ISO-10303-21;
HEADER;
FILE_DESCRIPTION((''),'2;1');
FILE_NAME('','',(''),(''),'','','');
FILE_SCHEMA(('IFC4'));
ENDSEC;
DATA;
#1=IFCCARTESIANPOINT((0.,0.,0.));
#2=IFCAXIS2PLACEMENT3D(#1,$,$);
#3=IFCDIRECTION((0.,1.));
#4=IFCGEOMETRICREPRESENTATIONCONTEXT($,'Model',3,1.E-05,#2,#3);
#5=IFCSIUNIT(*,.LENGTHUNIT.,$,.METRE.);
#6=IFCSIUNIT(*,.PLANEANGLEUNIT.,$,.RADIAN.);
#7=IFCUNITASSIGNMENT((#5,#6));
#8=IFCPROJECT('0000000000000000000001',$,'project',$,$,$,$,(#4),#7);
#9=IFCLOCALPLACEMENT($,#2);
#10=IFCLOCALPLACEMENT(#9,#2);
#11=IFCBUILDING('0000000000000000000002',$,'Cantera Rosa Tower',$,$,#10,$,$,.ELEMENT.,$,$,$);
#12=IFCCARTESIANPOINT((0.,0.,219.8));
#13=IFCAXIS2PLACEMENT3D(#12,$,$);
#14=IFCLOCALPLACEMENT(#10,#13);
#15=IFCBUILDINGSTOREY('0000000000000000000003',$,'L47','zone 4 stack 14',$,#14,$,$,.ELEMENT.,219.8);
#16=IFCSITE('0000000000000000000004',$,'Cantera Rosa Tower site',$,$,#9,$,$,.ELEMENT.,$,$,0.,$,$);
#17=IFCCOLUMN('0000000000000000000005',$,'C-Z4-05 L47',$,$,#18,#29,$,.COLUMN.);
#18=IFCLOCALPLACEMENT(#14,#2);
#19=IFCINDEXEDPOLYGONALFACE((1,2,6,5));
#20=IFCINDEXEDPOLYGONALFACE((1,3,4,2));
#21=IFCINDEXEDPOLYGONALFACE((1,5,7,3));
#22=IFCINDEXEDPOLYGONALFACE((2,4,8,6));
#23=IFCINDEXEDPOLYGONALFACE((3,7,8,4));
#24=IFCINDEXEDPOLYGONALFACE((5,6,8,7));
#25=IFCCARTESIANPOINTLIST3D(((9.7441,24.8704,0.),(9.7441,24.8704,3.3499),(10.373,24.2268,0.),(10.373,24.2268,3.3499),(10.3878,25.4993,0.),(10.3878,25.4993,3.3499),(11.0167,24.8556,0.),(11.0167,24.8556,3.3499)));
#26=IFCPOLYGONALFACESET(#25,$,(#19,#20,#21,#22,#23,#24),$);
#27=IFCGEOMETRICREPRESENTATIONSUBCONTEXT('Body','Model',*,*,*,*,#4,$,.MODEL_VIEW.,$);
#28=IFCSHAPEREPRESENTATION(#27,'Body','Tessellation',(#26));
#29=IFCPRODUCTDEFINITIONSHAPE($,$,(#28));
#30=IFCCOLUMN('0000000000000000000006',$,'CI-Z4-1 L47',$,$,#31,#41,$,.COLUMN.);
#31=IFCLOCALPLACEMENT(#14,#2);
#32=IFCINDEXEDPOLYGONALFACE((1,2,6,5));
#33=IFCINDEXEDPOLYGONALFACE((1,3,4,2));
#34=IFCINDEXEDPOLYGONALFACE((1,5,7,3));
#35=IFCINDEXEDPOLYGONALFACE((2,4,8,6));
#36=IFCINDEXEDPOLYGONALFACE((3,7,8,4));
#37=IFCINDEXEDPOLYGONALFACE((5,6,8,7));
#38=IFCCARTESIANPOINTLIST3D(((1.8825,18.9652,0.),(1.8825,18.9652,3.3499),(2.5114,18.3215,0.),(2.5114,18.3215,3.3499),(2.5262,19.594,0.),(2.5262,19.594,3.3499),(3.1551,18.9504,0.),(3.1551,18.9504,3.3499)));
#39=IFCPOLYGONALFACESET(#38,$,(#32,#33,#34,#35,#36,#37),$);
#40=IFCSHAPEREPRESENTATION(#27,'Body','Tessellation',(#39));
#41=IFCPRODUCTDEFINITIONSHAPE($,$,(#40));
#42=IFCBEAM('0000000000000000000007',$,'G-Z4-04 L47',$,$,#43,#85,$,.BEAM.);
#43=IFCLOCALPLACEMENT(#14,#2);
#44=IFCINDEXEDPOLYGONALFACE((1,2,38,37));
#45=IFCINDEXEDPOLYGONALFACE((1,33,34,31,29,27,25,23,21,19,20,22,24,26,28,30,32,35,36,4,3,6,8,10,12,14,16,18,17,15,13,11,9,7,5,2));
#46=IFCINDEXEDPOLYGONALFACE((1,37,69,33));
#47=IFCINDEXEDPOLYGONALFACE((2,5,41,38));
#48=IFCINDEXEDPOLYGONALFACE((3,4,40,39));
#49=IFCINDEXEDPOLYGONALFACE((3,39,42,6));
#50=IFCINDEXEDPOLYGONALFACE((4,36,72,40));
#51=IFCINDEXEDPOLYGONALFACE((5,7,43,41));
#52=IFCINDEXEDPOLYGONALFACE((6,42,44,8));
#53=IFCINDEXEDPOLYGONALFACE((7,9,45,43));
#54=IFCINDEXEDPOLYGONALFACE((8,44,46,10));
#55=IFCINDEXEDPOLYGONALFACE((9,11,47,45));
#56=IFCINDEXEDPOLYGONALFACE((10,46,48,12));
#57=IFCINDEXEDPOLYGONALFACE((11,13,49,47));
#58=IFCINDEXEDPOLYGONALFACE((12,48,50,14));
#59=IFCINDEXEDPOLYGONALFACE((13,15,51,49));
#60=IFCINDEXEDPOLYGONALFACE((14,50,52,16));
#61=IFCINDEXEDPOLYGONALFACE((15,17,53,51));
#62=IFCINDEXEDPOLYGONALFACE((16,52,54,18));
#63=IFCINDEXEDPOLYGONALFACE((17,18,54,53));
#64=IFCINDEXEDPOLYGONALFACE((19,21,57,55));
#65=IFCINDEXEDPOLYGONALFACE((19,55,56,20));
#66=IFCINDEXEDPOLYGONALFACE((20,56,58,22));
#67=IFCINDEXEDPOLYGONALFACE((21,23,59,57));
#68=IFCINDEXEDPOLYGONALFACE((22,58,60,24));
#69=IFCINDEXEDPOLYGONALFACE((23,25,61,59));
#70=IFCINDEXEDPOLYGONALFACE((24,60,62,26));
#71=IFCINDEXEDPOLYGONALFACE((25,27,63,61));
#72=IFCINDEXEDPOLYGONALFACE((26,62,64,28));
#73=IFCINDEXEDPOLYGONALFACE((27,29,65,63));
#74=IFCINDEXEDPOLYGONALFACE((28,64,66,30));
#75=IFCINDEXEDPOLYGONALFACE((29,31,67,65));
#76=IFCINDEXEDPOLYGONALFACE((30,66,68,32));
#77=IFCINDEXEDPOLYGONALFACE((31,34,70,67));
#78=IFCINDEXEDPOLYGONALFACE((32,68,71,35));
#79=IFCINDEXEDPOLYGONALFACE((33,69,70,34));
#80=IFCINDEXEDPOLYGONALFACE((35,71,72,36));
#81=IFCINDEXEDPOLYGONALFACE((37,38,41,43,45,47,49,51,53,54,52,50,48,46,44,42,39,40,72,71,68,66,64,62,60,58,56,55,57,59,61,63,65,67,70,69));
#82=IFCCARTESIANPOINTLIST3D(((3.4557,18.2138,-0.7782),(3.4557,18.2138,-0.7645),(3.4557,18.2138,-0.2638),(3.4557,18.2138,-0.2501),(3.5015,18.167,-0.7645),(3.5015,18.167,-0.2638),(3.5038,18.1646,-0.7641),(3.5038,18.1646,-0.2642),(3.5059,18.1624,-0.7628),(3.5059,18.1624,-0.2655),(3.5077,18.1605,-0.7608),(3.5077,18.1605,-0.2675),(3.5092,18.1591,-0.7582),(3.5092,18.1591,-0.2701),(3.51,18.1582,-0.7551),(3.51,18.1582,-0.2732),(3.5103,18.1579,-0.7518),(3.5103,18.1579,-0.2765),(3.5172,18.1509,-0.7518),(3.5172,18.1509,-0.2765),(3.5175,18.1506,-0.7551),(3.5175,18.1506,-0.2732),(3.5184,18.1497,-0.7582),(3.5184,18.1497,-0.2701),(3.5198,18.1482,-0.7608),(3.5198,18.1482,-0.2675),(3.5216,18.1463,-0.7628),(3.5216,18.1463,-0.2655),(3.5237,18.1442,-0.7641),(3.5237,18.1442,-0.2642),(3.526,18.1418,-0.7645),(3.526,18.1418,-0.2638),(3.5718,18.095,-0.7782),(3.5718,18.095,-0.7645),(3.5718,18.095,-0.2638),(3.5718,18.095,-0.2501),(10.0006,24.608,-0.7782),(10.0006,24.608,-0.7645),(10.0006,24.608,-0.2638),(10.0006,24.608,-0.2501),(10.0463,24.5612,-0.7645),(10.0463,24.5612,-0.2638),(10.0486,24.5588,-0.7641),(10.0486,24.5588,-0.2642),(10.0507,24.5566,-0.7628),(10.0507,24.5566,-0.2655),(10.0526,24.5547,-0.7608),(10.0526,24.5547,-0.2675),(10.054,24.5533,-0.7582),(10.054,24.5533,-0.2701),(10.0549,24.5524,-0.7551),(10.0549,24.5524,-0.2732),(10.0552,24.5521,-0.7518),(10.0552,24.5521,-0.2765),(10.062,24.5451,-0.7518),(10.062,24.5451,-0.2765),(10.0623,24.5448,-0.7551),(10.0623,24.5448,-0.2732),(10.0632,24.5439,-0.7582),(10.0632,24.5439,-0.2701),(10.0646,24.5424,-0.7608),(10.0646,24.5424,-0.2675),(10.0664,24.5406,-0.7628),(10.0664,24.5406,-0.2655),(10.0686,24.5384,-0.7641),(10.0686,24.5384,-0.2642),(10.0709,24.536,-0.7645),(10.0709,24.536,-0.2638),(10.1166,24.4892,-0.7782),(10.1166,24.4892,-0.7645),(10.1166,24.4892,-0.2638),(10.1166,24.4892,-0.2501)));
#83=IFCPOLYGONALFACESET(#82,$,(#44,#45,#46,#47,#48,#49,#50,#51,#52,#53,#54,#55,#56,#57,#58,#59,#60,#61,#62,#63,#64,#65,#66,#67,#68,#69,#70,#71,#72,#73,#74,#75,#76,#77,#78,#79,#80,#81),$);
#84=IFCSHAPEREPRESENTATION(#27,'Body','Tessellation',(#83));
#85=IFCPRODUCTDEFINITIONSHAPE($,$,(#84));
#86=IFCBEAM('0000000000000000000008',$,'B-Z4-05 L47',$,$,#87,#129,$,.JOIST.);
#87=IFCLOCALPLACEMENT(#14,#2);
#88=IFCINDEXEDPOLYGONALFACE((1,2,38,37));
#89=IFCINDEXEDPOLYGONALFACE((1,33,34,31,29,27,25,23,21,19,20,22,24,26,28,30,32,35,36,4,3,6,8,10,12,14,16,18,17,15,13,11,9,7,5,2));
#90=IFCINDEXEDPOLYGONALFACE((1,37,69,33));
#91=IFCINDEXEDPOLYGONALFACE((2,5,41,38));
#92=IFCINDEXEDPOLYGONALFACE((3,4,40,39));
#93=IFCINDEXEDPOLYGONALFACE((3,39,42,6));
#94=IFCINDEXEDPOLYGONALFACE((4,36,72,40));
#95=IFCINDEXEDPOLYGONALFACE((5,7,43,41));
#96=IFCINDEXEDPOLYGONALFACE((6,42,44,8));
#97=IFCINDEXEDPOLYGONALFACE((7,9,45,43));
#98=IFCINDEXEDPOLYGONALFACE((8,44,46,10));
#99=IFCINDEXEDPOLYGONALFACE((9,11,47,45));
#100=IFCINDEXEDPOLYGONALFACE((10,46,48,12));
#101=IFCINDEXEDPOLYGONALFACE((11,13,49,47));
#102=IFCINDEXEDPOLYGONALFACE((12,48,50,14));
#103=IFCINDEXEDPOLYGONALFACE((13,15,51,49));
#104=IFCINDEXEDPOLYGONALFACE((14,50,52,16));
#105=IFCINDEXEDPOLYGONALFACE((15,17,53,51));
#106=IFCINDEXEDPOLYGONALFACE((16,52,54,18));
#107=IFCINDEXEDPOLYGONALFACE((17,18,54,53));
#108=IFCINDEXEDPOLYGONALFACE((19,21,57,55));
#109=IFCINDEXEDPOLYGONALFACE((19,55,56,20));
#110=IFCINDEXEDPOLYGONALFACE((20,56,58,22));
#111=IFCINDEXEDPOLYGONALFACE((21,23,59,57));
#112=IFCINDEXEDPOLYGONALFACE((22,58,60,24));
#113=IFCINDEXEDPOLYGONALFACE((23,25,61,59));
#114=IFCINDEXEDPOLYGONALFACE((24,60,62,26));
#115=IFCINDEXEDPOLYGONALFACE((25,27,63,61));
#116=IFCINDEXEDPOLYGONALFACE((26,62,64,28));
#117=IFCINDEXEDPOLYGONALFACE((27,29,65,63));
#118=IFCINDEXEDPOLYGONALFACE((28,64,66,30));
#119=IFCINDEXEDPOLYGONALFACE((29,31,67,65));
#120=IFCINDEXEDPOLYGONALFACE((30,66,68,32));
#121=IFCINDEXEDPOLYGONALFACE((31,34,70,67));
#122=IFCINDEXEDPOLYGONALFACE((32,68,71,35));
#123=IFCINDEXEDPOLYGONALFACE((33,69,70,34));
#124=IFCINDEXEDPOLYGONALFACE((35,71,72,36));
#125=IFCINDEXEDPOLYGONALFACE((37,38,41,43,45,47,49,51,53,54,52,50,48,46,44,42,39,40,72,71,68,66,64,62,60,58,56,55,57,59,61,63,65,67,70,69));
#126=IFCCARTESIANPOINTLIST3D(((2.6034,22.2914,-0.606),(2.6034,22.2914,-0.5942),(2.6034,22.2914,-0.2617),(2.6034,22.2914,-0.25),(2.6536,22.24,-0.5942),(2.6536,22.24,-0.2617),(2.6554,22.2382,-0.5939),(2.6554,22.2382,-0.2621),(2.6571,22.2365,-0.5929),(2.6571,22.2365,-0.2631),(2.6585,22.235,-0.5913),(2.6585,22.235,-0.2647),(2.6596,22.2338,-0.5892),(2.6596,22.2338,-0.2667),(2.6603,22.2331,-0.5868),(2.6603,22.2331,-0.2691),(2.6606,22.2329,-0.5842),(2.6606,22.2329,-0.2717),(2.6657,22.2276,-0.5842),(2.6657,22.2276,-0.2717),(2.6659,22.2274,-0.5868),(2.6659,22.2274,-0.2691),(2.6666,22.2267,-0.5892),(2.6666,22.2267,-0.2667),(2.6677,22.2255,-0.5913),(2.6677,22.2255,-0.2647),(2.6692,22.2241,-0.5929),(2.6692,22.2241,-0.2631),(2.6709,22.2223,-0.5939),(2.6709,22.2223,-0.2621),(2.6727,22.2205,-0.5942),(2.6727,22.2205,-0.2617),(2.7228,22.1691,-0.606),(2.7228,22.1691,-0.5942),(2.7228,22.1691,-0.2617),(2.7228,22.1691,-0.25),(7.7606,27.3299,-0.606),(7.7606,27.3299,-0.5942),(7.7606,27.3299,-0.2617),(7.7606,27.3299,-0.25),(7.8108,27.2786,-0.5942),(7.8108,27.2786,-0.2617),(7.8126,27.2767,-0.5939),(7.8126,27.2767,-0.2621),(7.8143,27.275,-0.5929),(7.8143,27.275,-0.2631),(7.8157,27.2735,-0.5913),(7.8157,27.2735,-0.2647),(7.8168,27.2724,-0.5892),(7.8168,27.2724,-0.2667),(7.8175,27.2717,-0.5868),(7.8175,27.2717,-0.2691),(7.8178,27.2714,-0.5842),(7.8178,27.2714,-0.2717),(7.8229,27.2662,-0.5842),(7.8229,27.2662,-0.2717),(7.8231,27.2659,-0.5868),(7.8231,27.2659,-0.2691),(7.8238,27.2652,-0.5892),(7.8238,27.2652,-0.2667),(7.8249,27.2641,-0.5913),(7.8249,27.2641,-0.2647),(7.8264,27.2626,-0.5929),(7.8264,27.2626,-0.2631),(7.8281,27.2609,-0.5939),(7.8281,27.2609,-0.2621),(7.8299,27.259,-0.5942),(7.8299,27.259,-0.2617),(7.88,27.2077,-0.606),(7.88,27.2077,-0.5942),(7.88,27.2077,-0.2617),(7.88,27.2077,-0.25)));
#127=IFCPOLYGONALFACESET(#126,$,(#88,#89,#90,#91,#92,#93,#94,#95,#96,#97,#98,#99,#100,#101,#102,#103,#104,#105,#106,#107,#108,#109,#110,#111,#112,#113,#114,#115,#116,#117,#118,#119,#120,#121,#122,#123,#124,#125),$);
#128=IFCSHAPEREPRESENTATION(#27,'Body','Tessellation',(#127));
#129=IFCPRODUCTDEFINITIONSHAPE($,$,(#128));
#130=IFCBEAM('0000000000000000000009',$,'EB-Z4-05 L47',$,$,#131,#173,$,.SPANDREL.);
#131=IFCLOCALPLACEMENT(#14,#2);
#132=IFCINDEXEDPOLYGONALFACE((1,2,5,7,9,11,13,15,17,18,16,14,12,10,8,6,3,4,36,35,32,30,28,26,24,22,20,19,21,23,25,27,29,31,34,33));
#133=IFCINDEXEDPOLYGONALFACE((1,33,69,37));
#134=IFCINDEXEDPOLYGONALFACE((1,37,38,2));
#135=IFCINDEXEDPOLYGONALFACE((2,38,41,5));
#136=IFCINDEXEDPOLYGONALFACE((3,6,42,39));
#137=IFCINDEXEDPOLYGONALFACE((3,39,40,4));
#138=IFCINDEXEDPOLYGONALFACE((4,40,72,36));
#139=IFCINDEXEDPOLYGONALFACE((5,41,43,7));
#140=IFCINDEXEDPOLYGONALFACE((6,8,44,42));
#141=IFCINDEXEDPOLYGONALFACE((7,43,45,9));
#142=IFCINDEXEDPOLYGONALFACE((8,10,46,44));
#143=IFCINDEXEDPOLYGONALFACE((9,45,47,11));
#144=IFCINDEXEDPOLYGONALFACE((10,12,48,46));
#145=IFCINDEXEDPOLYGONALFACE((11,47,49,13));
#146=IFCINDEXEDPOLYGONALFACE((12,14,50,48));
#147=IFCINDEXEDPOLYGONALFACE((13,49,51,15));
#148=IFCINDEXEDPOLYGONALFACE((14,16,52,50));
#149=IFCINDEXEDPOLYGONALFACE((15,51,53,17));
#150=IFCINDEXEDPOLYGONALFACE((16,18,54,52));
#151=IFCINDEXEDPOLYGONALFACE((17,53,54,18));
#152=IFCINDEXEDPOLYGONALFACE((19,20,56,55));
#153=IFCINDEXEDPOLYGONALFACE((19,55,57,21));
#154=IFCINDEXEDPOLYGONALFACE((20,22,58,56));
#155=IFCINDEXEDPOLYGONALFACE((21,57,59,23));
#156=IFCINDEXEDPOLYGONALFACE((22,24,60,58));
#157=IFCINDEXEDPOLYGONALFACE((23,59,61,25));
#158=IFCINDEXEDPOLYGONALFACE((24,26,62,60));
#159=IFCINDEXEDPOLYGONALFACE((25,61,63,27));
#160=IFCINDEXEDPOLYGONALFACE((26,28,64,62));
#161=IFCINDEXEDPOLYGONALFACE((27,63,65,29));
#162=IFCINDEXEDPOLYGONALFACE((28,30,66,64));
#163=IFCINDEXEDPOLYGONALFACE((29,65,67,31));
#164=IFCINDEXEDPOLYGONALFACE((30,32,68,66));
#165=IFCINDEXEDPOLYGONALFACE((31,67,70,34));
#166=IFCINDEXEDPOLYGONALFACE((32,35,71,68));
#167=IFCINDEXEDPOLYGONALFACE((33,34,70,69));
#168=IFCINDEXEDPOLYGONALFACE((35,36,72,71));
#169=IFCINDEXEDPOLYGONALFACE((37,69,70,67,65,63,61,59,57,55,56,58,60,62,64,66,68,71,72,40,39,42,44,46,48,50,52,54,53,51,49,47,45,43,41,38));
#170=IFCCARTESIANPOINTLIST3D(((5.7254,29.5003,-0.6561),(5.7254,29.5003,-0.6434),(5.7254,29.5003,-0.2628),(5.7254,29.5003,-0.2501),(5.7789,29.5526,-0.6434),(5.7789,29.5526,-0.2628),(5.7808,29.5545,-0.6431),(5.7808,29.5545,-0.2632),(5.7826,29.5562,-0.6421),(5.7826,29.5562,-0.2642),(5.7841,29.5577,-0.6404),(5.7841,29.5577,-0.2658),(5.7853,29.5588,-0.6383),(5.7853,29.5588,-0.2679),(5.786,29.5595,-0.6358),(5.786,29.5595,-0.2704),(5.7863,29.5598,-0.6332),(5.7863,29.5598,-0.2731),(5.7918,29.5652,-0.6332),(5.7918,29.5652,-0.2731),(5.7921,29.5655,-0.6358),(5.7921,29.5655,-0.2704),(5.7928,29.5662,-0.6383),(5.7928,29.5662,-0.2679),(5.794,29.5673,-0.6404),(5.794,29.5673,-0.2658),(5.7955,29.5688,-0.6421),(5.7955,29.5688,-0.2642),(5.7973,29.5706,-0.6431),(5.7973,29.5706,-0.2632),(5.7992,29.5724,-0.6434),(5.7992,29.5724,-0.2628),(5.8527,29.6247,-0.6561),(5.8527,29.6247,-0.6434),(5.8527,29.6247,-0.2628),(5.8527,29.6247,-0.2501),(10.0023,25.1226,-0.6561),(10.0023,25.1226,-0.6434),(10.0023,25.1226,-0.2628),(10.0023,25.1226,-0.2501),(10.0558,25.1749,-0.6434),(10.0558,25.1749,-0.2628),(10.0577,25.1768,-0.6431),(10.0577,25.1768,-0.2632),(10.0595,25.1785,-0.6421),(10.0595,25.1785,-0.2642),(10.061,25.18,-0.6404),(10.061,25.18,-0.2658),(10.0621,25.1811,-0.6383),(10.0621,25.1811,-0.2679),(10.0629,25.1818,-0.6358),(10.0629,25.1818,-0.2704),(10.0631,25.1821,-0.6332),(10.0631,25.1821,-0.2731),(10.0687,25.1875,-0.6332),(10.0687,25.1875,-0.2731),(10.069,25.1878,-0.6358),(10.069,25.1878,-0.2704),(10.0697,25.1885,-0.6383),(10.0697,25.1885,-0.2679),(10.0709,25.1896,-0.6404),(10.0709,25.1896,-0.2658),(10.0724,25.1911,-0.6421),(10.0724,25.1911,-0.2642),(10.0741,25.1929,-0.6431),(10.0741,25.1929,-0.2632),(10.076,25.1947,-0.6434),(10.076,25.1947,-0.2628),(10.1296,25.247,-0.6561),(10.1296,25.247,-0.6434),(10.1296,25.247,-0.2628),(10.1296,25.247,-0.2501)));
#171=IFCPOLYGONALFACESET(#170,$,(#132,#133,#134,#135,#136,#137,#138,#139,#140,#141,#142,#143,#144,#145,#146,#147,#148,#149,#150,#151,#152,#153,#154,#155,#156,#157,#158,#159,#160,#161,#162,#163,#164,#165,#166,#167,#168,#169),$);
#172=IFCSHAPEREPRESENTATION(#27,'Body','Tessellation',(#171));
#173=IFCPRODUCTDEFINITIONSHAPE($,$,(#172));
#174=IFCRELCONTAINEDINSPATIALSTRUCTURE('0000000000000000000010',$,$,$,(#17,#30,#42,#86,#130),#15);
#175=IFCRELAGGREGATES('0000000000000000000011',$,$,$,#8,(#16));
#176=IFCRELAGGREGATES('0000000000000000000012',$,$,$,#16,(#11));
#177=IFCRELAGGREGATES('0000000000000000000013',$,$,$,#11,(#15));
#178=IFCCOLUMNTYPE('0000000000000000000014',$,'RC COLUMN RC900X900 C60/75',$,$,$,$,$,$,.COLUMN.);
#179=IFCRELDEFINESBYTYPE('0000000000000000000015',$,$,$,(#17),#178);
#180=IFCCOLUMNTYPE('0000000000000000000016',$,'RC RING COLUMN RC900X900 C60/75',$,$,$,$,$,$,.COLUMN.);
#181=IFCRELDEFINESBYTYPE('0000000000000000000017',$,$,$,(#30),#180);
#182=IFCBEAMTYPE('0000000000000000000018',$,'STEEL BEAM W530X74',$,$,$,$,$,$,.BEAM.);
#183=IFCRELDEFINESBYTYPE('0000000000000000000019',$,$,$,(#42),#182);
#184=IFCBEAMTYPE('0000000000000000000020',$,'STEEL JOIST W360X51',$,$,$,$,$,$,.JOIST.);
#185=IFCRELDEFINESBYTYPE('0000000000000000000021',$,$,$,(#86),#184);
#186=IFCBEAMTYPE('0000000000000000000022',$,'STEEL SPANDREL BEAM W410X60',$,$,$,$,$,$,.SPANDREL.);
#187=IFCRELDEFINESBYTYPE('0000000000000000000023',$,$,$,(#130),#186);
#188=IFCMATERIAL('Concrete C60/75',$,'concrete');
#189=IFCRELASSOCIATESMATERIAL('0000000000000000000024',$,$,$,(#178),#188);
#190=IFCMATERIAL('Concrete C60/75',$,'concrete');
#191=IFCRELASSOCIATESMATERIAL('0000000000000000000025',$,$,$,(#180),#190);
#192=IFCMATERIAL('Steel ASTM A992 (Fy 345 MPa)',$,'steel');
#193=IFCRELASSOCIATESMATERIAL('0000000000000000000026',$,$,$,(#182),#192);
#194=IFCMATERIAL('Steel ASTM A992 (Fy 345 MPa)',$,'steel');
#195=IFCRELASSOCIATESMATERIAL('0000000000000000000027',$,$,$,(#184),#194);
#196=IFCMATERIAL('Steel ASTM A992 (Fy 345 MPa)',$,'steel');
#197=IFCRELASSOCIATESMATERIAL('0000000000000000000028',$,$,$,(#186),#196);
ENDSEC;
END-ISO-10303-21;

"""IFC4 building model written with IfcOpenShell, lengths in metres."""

from ifc_helpers import new_model, si_unit, direction, frame, origin, origin_2d, place, context, subcontext, project, spatial, rectangle, i_section, extrude, material, material_profile, profile_set, type_object, element, save


model = new_model("IFC4")

# Units and contexts
model_context = context("Model", 3, precision=1e-05, world=origin(), true_north=direction((0.0, 1.0)))
body_context = subcontext(model_context, "Body", "Model", "MODEL_VIEW")
ifc_project = project(units=[si_unit("LENGTHUNIT", "METRE"), si_unit("PLANEANGLEUNIT", "RADIAN")], contexts=[model_context])

# Site, building, storey
site_placement = place(None, origin())
site = spatial("IfcSite", under=ifc_project, at=site_placement, Name="Cantera Rosa Tower site", CompositionType="ELEMENT", RefElevation=0.0)
building_placement = place(site_placement, origin())
building = spatial("IfcBuilding", under=site, at=building_placement, Name="Cantera Rosa Tower", CompositionType="ELEMENT")
storey_placement = place(building_placement, frame((0.0, 0.0, 219.8)))
storey = spatial("IfcBuildingStorey", under=building, at=storey_placement, Name="L47", Description="zone 4 stack 14", CompositionType="ELEMENT", Elevation=219.8)

# Columns
ifc_material_1 = material(Name="Concrete C60/75", Category="concrete")
ifc_material_profile_1 = material_profile(ifc_material_1, rectangle(XDim=0.8999, YDim=0.8999, at=origin_2d()), Name="RC COLUMN RC900X900 C60/75")
ifc_profile_set_1 = profile_set([ifc_material_profile_1], Name="Concrete C60/75")
column_type_1 = type_object("IfcColumnType", Name="RC COLUMN RC900X900 C60/75", PredefinedType="COLUMN", material=ifc_profile_set_1)
column_1_placement = place(storey_placement, frame((10.3804, 24.863, 0.0), z_axis=(0.0, 0.0, 1.0), x_axis=(0.715286, 0.698832, 0.0)))
element("IfcColumn", 1, at=column_1_placement, inside=storey, type_object=column_type_1, Name="C-Z4-05 L47", PredefinedType="COLUMN", context=body_context, shape_type="SweptSolid", body=[
    extrude(rectangle(XDim=0.8999, YDim=0.8999, at=origin_2d()), origin(), (0.0, 0.0, 1.0), 3.3499),
])
ifc_material_2 = material(Name="Concrete C60/75", Category="concrete")
ifc_material_profile_2 = material_profile(ifc_material_2, rectangle(XDim=0.8999, YDim=0.8999, at=origin_2d()), Name="RC RING COLUMN RC900X900 C60/75")
ifc_profile_set_2 = profile_set([ifc_material_profile_2], Name="Concrete C60/75")
column_type_2 = type_object("IfcColumnType", Name="RC RING COLUMN RC900X900 C60/75", PredefinedType="COLUMN", material=ifc_profile_set_2)
column_2_placement = place(storey_placement, frame((2.5188, 18.9578, 0.0), z_axis=(0.0, 0.0, 1.0), x_axis=(0.715286, 0.698832, 0.0)))
element("IfcColumn", 2, at=column_2_placement, inside=storey, type_object=column_type_2, Name="CI-Z4-1 L47", PredefinedType="COLUMN", context=body_context, shape_type="SweptSolid", body=[
    extrude(rectangle(XDim=0.8999, YDim=0.8999, at=origin_2d()), origin(), (0.0, 0.0, 1.0), 3.3499),
])

# Beams
ifc_material_3 = material(Name="Steel ASTM A992 (Fy 345 MPa)", Category="steel")
ifc_material_profile_3 = material_profile(ifc_material_3, i_section(OverallWidth=0.166, OverallDepth=0.5281, WebThickness=0.0098, FlangeThickness=0.0137, FilletRadius=0.0127, at=origin_2d()), Name="W530X74")
ifc_profile_set_3 = profile_set([ifc_material_profile_3], Name="Steel ASTM A992 (Fy 345 MPa)")
beam_type_1 = type_object("IfcBeamType", Name="STEEL BEAM W530X74", PredefinedType="BEAM", material=ifc_profile_set_3)
beam_1_placement = place(storey_placement, frame((10.0586, 24.5486, -0.5142), z_axis=(-0.71529, -0.698827, 0.0), x_axis=(0.698827, -0.71529, 0.0)))
element("IfcBeam", 3, at=beam_1_placement, inside=storey, type_object=beam_type_1, Name="G-Z4-04 L47", PredefinedType="BEAM", context=body_context, shape_type="SweptSolid", body=[
    extrude(i_section(OverallWidth=0.166, OverallDepth=0.5281, WebThickness=0.0098, FlangeThickness=0.0137, FilletRadius=0.0127, at=origin_2d()), origin(), (0.0, 0.0, 1.0), 9.1499),
])
ifc_material_4 = material(Name="Steel ASTM A992 (Fy 345 MPa)", Category="steel")
ifc_material_profile_4 = material_profile(ifc_material_4, i_section(OverallWidth=0.1709, OverallDepth=0.356, WebThickness=0.0073, FlangeThickness=0.0117, FilletRadius=0.01, at=origin_2d()), Name="W360X51")
ifc_profile_set_4 = profile_set([ifc_material_profile_4], Name="Steel ASTM A992 (Fy 345 MPa)")
beam_type_2 = type_object("IfcBeamType", Name="STEEL JOIST W360X51", PredefinedType="JOIST", material=ifc_profile_set_4)
beam_2_placement = place(storey_placement, frame((7.8203, 27.2688, -0.428), z_axis=(-0.715287, -0.698831, 0.0), x_axis=(0.698831, -0.715287, 0.0)))
element("IfcBeam", 4, at=beam_2_placement, inside=storey, type_object=beam_type_2, Name="B-Z4-05 L47", PredefinedType="JOIST", context=body_context, shape_type="SweptSolid", body=[
    extrude(i_section(OverallWidth=0.1709, OverallDepth=0.356, WebThickness=0.0073, FlangeThickness=0.0117, FilletRadius=0.01, at=origin_2d()), origin(), (0.0, 0.0, 1.0), 7.21),
])
ifc_material_5 = material(Name="Steel ASTM A992 (Fy 345 MPa)", Category="steel")
ifc_material_profile_5 = material_profile(ifc_material_5, i_section(OverallWidth=0.178, OverallDepth=0.406, WebThickness=0.0078, FlangeThickness=0.0127, FilletRadius=0.0103, at=origin_2d()), Name="W410X60")
ifc_profile_set_5 = profile_set([ifc_material_profile_5], Name="Steel ASTM A992 (Fy 345 MPa)")
beam_type_3 = type_object("IfcBeamType", Name="STEEL SPANDREL BEAM W410X60", PredefinedType="SPANDREL", material=ifc_profile_set_5)
beam_3_placement = place(storey_placement, frame((10.0659, 25.1848, -0.4531), z_axis=(-0.698821, 0.715296, 0.0), x_axis=(-0.715296, -0.698821, 0.0)))
element("IfcBeam", 5, at=beam_3_placement, inside=storey, type_object=beam_type_3, Name="EB-Z4-05 L47", PredefinedType="SPANDREL", context=body_context, shape_type="SweptSolid", body=[
    extrude(i_section(OverallWidth=0.178, OverallDepth=0.406, WebThickness=0.0078, FlangeThickness=0.0127, FilletRadius=0.0103, at=origin_2d()), origin(), (0.0, 0.0, 1.0), 6.1201),
])

save(model, "model.ifc")
